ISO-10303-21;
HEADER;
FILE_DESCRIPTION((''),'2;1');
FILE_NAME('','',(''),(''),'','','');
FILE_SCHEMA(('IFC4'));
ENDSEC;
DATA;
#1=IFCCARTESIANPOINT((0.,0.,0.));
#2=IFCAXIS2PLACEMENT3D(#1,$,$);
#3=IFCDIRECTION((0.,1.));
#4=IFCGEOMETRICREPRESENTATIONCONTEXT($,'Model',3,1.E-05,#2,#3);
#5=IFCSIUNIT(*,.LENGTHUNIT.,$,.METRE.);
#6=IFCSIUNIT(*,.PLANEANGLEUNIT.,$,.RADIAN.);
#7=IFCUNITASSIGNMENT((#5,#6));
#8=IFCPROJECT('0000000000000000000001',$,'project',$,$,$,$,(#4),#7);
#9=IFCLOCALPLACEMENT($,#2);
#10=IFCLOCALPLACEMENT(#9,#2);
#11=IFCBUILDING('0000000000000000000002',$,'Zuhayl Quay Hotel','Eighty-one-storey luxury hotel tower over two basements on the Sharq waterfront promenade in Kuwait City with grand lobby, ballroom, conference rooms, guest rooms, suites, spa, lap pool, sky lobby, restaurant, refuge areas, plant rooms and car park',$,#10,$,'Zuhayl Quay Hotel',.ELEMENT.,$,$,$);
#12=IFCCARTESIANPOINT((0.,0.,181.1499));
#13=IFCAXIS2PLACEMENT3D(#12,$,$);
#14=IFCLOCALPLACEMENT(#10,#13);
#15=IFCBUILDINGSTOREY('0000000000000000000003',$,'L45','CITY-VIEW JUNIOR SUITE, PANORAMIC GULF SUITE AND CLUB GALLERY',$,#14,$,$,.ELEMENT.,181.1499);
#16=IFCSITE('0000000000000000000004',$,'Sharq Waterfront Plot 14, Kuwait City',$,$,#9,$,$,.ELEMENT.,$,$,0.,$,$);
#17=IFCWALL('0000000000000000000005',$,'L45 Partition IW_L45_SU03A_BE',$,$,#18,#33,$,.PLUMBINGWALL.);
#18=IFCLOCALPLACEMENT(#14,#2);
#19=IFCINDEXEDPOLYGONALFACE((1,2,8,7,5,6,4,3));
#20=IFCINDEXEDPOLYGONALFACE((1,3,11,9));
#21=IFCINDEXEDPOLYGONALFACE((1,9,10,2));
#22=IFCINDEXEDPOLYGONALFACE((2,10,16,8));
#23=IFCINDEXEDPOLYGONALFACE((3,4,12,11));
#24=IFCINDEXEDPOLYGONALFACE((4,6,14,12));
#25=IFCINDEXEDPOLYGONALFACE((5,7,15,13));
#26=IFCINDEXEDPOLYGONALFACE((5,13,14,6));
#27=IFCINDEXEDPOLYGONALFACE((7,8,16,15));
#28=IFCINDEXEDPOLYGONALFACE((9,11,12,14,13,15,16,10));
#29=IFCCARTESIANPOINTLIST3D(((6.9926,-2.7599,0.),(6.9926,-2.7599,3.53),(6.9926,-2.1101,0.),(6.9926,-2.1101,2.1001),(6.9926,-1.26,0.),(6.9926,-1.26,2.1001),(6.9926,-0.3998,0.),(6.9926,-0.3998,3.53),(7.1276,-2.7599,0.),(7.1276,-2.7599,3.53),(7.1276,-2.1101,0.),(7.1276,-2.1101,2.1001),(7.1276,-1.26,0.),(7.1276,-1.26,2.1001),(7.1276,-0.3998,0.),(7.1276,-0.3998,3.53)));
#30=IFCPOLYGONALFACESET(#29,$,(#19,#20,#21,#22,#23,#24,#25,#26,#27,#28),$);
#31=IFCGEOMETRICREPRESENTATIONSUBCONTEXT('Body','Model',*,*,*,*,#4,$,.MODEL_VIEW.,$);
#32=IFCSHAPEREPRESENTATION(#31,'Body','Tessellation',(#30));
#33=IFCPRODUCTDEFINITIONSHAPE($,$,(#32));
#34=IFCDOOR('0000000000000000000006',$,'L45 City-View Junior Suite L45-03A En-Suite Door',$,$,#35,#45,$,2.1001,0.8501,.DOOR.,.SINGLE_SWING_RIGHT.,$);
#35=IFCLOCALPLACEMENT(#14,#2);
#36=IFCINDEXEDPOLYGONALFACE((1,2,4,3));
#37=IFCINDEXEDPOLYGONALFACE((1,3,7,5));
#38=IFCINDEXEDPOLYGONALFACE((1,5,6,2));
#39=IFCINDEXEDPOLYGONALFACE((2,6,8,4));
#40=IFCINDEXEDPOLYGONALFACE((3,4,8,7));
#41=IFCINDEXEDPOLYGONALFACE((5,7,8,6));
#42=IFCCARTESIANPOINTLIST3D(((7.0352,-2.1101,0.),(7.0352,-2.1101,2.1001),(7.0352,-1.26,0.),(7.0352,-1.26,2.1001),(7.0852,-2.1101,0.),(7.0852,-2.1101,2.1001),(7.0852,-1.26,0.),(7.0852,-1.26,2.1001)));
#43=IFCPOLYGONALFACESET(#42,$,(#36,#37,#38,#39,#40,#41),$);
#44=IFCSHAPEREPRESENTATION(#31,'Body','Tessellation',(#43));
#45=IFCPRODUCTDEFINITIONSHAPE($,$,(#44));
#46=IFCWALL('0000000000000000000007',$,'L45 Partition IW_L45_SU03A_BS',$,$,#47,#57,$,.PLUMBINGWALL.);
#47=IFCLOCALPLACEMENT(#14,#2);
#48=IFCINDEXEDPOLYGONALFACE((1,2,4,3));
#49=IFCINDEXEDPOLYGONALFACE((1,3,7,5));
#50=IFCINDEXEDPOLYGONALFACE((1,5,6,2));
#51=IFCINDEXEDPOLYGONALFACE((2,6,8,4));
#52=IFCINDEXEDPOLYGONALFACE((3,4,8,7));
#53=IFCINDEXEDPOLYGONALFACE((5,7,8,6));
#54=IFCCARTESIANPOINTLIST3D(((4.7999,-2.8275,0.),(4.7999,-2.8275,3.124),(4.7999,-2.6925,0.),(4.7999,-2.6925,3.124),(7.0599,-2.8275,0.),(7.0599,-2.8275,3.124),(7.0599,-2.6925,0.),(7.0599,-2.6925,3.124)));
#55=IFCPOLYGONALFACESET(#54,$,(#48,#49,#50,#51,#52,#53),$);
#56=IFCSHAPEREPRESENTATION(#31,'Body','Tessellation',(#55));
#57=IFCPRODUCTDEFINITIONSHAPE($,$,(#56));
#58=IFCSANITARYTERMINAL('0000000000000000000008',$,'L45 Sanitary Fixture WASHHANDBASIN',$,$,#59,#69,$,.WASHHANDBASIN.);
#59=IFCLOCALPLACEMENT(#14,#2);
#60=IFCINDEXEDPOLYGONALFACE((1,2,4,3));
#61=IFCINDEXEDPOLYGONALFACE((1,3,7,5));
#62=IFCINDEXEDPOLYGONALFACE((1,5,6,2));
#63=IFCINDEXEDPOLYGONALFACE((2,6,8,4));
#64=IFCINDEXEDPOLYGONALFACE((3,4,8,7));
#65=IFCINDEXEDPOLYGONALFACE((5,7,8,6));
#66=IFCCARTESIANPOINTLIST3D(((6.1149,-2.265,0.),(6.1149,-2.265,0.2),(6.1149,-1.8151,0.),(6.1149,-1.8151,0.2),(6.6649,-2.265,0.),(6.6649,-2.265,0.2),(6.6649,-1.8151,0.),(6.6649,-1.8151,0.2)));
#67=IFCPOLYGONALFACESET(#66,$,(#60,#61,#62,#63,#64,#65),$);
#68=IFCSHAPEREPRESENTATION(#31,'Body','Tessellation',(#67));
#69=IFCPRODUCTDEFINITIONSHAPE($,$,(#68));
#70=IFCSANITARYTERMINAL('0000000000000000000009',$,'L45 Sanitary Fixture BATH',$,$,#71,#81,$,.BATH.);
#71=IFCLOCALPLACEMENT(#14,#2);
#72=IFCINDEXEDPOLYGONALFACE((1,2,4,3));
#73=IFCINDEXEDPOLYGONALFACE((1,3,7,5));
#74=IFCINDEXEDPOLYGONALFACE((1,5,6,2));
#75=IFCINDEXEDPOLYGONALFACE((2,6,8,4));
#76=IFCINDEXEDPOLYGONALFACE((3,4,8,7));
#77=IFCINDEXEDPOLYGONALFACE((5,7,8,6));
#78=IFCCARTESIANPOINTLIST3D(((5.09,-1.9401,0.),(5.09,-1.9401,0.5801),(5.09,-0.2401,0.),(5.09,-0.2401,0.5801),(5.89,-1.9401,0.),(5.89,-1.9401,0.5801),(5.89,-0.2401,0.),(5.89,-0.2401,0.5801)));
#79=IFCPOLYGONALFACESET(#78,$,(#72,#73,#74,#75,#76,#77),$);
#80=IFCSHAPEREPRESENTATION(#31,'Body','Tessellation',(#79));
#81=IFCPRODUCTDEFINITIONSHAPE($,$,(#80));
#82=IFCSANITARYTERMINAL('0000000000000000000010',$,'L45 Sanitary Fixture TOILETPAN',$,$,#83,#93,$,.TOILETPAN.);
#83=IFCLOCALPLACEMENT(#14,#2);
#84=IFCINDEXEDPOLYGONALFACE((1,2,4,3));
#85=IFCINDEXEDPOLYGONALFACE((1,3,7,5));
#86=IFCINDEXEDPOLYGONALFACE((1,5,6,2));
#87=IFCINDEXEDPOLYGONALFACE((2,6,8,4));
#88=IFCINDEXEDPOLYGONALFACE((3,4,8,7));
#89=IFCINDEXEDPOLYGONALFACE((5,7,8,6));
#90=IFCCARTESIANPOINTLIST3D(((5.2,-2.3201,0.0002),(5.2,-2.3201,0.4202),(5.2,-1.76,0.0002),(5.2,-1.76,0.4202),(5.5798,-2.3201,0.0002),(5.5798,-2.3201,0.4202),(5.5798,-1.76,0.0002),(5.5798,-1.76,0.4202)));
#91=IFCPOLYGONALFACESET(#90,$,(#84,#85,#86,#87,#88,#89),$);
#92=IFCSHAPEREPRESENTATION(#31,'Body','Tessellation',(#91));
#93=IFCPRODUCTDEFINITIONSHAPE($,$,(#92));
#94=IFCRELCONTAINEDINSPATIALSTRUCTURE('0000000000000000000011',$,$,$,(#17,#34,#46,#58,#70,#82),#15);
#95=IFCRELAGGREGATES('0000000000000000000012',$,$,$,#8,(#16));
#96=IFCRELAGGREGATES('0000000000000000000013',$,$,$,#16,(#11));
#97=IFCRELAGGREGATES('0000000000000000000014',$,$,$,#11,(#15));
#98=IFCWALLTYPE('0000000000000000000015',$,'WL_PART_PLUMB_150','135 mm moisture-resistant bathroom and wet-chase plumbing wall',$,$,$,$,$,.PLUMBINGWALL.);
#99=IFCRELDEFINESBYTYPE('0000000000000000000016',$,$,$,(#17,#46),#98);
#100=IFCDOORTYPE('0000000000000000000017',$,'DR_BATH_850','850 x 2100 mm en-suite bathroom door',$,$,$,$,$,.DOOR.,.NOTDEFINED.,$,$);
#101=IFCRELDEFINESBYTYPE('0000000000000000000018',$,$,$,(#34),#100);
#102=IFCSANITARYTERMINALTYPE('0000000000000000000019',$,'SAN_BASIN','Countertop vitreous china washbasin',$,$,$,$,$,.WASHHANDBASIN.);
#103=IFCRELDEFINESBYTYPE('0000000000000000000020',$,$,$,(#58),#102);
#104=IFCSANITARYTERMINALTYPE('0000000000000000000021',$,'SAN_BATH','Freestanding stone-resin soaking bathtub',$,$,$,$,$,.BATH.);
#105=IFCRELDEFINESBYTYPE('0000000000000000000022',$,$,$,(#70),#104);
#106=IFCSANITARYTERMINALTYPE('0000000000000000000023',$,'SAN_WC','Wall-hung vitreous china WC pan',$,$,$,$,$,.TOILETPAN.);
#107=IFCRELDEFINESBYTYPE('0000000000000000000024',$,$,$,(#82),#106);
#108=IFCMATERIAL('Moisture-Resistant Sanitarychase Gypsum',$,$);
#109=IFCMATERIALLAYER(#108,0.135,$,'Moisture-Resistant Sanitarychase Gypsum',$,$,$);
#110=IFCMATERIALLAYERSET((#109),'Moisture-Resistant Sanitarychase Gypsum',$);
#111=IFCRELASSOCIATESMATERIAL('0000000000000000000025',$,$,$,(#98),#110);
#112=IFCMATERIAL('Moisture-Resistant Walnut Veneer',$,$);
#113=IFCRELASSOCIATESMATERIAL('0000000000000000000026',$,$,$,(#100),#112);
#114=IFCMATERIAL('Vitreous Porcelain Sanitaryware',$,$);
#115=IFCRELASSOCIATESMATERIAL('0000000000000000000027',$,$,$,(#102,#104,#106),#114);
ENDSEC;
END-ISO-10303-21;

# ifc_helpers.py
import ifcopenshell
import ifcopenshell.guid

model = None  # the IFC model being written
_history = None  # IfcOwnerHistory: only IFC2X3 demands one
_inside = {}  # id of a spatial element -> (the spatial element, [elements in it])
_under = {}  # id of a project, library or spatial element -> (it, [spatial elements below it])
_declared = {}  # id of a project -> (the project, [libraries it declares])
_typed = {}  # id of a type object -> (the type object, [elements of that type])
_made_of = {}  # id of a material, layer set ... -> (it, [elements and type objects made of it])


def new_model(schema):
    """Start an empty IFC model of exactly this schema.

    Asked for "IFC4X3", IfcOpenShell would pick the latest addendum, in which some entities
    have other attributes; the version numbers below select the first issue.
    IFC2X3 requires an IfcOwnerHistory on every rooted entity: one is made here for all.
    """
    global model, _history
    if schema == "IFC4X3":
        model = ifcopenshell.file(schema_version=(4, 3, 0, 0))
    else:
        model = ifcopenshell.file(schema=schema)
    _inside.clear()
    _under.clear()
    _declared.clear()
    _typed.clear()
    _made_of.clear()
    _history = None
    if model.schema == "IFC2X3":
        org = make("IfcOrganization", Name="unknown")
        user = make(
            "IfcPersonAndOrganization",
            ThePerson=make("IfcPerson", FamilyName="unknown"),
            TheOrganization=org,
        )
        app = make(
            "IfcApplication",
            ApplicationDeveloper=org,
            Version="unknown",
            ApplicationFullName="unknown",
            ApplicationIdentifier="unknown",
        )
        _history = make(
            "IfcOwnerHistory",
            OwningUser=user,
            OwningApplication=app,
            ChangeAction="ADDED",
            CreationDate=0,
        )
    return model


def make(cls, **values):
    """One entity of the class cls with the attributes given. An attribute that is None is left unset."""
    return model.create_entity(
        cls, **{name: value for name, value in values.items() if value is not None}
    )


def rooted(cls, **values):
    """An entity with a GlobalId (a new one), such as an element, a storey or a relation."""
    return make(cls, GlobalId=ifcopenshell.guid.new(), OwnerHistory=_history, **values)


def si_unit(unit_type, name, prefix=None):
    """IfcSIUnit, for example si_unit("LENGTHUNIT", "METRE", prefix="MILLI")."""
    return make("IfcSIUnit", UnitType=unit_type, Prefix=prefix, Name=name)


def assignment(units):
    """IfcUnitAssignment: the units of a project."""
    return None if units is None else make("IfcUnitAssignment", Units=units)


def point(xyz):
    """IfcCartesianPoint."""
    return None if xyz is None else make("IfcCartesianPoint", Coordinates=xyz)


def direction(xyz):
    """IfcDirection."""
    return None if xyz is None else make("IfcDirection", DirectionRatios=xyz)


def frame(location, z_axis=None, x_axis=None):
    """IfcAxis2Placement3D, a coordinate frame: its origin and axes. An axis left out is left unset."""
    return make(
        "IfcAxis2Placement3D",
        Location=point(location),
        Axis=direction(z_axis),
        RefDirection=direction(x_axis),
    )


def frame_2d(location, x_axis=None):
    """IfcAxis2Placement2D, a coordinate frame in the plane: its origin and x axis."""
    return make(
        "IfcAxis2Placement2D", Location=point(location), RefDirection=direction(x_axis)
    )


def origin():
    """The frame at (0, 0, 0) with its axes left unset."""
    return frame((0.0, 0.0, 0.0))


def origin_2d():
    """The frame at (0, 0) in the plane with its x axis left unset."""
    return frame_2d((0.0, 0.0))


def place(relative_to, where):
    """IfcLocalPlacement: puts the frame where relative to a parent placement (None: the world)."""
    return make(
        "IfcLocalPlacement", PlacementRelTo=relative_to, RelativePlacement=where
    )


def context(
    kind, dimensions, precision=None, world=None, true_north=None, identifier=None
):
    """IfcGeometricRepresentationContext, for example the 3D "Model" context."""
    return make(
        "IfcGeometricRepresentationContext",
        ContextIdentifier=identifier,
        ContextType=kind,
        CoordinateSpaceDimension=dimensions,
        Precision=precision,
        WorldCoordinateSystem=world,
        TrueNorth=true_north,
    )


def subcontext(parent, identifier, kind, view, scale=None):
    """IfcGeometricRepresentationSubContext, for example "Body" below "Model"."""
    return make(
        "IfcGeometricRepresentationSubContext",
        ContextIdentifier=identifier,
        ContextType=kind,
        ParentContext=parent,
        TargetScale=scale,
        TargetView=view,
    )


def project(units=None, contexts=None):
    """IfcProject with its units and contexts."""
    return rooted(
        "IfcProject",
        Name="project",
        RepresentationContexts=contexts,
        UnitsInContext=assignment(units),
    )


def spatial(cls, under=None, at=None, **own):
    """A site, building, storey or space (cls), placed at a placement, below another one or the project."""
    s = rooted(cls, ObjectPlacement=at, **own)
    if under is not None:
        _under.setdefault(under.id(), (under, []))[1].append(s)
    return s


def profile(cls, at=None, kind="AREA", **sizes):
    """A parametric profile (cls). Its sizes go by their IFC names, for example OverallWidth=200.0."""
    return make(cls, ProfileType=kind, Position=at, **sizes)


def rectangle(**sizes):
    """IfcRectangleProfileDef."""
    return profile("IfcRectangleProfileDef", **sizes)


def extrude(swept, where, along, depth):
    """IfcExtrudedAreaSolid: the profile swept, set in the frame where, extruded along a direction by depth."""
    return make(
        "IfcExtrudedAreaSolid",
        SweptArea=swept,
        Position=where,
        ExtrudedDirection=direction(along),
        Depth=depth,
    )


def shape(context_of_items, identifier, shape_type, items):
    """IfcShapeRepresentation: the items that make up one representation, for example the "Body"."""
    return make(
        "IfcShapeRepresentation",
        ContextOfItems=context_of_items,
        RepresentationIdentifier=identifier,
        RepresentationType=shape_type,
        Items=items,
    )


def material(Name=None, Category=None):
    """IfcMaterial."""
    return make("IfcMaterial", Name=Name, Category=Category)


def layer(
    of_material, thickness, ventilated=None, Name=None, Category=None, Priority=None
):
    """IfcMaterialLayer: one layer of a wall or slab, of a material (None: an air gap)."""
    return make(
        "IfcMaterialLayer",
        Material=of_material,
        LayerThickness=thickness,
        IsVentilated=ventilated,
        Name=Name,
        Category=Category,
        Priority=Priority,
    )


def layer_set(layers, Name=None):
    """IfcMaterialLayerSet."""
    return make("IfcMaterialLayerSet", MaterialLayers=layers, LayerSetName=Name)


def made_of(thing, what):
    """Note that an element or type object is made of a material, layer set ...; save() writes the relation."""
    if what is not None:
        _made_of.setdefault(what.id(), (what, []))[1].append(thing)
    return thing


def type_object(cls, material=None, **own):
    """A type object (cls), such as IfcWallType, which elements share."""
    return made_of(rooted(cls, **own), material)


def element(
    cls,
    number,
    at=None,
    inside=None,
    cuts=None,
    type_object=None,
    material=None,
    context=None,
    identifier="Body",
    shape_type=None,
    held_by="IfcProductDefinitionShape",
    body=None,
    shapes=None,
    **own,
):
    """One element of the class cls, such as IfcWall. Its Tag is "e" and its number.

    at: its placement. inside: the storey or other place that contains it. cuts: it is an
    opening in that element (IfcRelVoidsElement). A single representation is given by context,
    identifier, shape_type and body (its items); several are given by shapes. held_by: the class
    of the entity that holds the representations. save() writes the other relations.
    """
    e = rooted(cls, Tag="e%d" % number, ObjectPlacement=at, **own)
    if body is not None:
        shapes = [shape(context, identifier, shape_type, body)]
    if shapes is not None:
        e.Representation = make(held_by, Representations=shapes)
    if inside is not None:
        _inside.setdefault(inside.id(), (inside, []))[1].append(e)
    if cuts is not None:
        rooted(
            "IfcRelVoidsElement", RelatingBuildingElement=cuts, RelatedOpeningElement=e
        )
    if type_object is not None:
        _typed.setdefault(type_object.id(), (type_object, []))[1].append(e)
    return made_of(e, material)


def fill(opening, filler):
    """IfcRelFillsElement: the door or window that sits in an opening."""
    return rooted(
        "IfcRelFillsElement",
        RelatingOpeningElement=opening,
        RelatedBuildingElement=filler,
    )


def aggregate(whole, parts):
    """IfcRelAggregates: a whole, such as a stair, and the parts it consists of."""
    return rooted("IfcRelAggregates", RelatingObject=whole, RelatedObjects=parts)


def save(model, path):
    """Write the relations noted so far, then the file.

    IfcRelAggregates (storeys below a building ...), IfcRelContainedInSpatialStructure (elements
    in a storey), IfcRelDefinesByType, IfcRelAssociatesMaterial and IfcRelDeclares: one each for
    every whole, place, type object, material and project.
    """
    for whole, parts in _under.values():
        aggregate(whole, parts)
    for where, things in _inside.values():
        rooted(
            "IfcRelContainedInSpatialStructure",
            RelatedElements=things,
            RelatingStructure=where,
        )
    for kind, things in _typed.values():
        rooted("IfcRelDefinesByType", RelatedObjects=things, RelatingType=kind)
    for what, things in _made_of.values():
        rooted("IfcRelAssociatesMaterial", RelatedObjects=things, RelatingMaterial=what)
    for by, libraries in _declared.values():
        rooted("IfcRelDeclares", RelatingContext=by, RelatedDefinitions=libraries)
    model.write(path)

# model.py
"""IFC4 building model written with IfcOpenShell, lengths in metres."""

from ifc_helpers import new_model, si_unit, direction, frame, frame_2d, origin, origin_2d, place, context, subcontext, project, spatial, rectangle, extrude, material, layer, layer_set, type_object, element, fill, save


model = new_model("IFC4")

# Units and contexts
model_context = context("Model", 3, precision=1e-05, world=origin(), true_north=direction((0.0, 1.0)))
body_context = subcontext(model_context, "Body", "Model", "MODEL_VIEW")
ifc_project = project(units=[si_unit("LENGTHUNIT", "METRE"), si_unit("PLANEANGLEUNIT", "RADIAN")], contexts=[model_context])

# Site, building, storey
site_placement = place(None, origin())
site = spatial("IfcSite", under=ifc_project, at=site_placement, Name="Sharq Waterfront Plot 14, Kuwait City", CompositionType="ELEMENT", RefElevation=0.0)
building_placement = place(site_placement, origin())
building = spatial("IfcBuilding", under=site, at=building_placement, Name="Zuhayl Quay Hotel", Description="Eighty-one-storey luxury hotel tower over two basements on the Sharq waterfront promenade in Kuwait City with grand lobby, ballroom, conference rooms, guest rooms, suites, spa, lap pool, sky lobby, restaurant, refuge areas, plant rooms and car park", LongName="Zuhayl Quay Hotel", CompositionType="ELEMENT")
storey_placement = place(building_placement, frame((0.0, 0.0, 181.1499)))
storey = spatial("IfcBuildingStorey", under=building, at=storey_placement, Name="L45", Description="CITY-VIEW JUNIOR SUITE, PANORAMIC GULF SUITE AND CLUB GALLERY", CompositionType="ELEMENT", Elevation=181.1499)

# Wall, opening, door
ifc_material_1 = material(Name="Moisture-Resistant Sanitarychase Gypsum")
ifc_layer_1 = layer(ifc_material_1, 0.135, Name="Moisture-Resistant Sanitarychase Gypsum")
ifc_layer_set_1 = layer_set([ifc_layer_1], Name="Moisture-Resistant Sanitarychase Gypsum")
wall_type_1 = type_object("IfcWallType", Name="WL_PART_PLUMB_150", Description="135 mm moisture-resistant bathroom and wet-chase plumbing wall", PredefinedType="PLUMBINGWALL", material=ifc_layer_set_1)
wall_1_placement = place(storey_placement, frame((7.0601, -2.76, 0.0), z_axis=(0.0, 0.0, 1.0), x_axis=(0.0, 1.0, 0.0)))
wall_1 = element("IfcWall", 1, at=wall_1_placement, inside=storey, type_object=wall_type_1, Name="L45 Partition IW_L45_SU03A_BE", PredefinedType="PLUMBINGWALL", context=body_context, shape_type="SweptSolid", body=[
    extrude(rectangle(XDim=2.3601, YDim=0.135, at=frame_2d((1.1802, 0.0))), origin(), (0.0, 0.0, 1.0), 3.53),
])
opening_1_placement = place(wall_1_placement, frame((0.6499, 0.0, 0.0)))
opening_1 = element("IfcOpeningElement", 2, at=opening_1_placement, cuts=wall_1, PredefinedType="OPENING", context=body_context, shape_type="SweptSolid", body=[
    extrude(rectangle(XDim=0.8501, YDim=2.1001, at=frame_2d((0.425, 1.05))), frame((0.0, 0.0774, 0.0), z_axis=(0.0, -1.0, 0.0), x_axis=(1.0, 0.0, 0.0)), (0.0, 0.0, 1.0), 0.155),
])
ifc_material_2 = material(Name="Moisture-Resistant Walnut Veneer")
door_type_1 = type_object("IfcDoorType", Name="DR_BATH_850", Description="850 x 2100 mm en-suite bathroom door", OperationType="NOTDEFINED", PredefinedType="DOOR", material=ifc_material_2)
door_1_placement = place(opening_1_placement, origin())
door_1 = element("IfcDoor", 3, at=door_1_placement, inside=storey, type_object=door_type_1, Name="L45 City-View Junior Suite L45-03A En-Suite Door", OperationType="SINGLE_SWING_RIGHT", OverallHeight=2.1001, OverallWidth=0.8501, PredefinedType="DOOR", context=body_context, shape_type="SweptSolid", body=[
    extrude(rectangle(XDim=0.8501, YDim=2.1001, at=frame_2d((0.425, 1.05))), frame((0.0, 0.0249, 0.0), z_axis=(0.0, -1.0, 0.0), x_axis=(1.0, 0.0, 0.0)), (0.0, 0.0, 1.0), 0.05),
])
fill(opening_1, door_1)

# Wall
wall_2_placement = place(storey_placement, frame((4.8, -2.76, 0.0), z_axis=(0.0, 0.0, 1.0), x_axis=(1.0, 0.0, 0.0)))
element("IfcWall", 4, at=wall_2_placement, inside=storey, type_object=wall_type_1, Name="L45 Partition IW_L45_SU03A_BS", PredefinedType="PLUMBINGWALL", context=body_context, shape_type="SweptSolid", body=[
    extrude(rectangle(XDim=2.26, YDim=0.135, at=frame_2d((1.1299, 0.0))), origin(), (0.0, 0.0, 1.0), 3.124),
])

# Sanitary terminals
ifc_material_3 = material(Name="Vitreous Porcelain Sanitaryware")
sanitary_terminal_type_1 = type_object("IfcSanitaryTerminalType", Name="SAN_BASIN", Description="Countertop vitreous china washbasin", PredefinedType="WASHHANDBASIN", material=ifc_material_3)
sanitary_terminal_1_placement = place(storey_placement, frame((6.3899, -2.04, 0.0), z_axis=(0.0, 0.0, 1.0), x_axis=(1.0, 0.0, 0.0)))
element("IfcSanitaryTerminal", 5, at=sanitary_terminal_1_placement, inside=storey, type_object=sanitary_terminal_type_1, Name="L45 Sanitary Fixture WASHHANDBASIN", PredefinedType="WASHHANDBASIN", context=body_context, shape_type="SweptSolid", body=[
    extrude(rectangle(XDim=0.55, YDim=0.45, at=origin_2d()), origin(), (0.0, 0.0, 1.0), 0.2),
])
sanitary_terminal_type_2 = type_object("IfcSanitaryTerminalType", Name="SAN_BATH", Description="Freestanding stone-resin soaking bathtub", PredefinedType="BATH", material=ifc_material_3)
sanitary_terminal_2_placement = place(storey_placement, frame((5.49, -1.0901, 0.0), z_axis=(0.0, 0.0, 1.0), x_axis=(1.0, 0.0, 0.0)))
element("IfcSanitaryTerminal", 6, at=sanitary_terminal_2_placement, inside=storey, type_object=sanitary_terminal_type_2, Name="L45 Sanitary Fixture BATH", PredefinedType="BATH", context=body_context, shape_type="SweptSolid", body=[
    extrude(rectangle(XDim=0.8, YDim=1.7, at=origin_2d()), origin(), (0.0, 0.0, 1.0), 0.5801),
])
sanitary_terminal_type_3 = type_object("IfcSanitaryTerminalType", Name="SAN_WC", Description="Wall-hung vitreous china WC pan", PredefinedType="TOILETPAN", material=ifc_material_3)
sanitary_terminal_3_placement = place(storey_placement, frame((5.3899, -2.04, 0.0002), z_axis=(0.0, 0.0, 1.0), x_axis=(1.0, 0.0, 0.0)))
element("IfcSanitaryTerminal", 7, at=sanitary_terminal_3_placement, inside=storey, type_object=sanitary_terminal_type_3, Name="L45 Sanitary Fixture TOILETPAN", PredefinedType="TOILETPAN", context=body_context, shape_type="SweptSolid", body=[
    extrude(rectangle(XDim=0.3799, YDim=0.5601, at=origin_2d()), origin(), (0.0, 0.0, 1.0), 0.4199),
])

save(model, "model.ifc")
